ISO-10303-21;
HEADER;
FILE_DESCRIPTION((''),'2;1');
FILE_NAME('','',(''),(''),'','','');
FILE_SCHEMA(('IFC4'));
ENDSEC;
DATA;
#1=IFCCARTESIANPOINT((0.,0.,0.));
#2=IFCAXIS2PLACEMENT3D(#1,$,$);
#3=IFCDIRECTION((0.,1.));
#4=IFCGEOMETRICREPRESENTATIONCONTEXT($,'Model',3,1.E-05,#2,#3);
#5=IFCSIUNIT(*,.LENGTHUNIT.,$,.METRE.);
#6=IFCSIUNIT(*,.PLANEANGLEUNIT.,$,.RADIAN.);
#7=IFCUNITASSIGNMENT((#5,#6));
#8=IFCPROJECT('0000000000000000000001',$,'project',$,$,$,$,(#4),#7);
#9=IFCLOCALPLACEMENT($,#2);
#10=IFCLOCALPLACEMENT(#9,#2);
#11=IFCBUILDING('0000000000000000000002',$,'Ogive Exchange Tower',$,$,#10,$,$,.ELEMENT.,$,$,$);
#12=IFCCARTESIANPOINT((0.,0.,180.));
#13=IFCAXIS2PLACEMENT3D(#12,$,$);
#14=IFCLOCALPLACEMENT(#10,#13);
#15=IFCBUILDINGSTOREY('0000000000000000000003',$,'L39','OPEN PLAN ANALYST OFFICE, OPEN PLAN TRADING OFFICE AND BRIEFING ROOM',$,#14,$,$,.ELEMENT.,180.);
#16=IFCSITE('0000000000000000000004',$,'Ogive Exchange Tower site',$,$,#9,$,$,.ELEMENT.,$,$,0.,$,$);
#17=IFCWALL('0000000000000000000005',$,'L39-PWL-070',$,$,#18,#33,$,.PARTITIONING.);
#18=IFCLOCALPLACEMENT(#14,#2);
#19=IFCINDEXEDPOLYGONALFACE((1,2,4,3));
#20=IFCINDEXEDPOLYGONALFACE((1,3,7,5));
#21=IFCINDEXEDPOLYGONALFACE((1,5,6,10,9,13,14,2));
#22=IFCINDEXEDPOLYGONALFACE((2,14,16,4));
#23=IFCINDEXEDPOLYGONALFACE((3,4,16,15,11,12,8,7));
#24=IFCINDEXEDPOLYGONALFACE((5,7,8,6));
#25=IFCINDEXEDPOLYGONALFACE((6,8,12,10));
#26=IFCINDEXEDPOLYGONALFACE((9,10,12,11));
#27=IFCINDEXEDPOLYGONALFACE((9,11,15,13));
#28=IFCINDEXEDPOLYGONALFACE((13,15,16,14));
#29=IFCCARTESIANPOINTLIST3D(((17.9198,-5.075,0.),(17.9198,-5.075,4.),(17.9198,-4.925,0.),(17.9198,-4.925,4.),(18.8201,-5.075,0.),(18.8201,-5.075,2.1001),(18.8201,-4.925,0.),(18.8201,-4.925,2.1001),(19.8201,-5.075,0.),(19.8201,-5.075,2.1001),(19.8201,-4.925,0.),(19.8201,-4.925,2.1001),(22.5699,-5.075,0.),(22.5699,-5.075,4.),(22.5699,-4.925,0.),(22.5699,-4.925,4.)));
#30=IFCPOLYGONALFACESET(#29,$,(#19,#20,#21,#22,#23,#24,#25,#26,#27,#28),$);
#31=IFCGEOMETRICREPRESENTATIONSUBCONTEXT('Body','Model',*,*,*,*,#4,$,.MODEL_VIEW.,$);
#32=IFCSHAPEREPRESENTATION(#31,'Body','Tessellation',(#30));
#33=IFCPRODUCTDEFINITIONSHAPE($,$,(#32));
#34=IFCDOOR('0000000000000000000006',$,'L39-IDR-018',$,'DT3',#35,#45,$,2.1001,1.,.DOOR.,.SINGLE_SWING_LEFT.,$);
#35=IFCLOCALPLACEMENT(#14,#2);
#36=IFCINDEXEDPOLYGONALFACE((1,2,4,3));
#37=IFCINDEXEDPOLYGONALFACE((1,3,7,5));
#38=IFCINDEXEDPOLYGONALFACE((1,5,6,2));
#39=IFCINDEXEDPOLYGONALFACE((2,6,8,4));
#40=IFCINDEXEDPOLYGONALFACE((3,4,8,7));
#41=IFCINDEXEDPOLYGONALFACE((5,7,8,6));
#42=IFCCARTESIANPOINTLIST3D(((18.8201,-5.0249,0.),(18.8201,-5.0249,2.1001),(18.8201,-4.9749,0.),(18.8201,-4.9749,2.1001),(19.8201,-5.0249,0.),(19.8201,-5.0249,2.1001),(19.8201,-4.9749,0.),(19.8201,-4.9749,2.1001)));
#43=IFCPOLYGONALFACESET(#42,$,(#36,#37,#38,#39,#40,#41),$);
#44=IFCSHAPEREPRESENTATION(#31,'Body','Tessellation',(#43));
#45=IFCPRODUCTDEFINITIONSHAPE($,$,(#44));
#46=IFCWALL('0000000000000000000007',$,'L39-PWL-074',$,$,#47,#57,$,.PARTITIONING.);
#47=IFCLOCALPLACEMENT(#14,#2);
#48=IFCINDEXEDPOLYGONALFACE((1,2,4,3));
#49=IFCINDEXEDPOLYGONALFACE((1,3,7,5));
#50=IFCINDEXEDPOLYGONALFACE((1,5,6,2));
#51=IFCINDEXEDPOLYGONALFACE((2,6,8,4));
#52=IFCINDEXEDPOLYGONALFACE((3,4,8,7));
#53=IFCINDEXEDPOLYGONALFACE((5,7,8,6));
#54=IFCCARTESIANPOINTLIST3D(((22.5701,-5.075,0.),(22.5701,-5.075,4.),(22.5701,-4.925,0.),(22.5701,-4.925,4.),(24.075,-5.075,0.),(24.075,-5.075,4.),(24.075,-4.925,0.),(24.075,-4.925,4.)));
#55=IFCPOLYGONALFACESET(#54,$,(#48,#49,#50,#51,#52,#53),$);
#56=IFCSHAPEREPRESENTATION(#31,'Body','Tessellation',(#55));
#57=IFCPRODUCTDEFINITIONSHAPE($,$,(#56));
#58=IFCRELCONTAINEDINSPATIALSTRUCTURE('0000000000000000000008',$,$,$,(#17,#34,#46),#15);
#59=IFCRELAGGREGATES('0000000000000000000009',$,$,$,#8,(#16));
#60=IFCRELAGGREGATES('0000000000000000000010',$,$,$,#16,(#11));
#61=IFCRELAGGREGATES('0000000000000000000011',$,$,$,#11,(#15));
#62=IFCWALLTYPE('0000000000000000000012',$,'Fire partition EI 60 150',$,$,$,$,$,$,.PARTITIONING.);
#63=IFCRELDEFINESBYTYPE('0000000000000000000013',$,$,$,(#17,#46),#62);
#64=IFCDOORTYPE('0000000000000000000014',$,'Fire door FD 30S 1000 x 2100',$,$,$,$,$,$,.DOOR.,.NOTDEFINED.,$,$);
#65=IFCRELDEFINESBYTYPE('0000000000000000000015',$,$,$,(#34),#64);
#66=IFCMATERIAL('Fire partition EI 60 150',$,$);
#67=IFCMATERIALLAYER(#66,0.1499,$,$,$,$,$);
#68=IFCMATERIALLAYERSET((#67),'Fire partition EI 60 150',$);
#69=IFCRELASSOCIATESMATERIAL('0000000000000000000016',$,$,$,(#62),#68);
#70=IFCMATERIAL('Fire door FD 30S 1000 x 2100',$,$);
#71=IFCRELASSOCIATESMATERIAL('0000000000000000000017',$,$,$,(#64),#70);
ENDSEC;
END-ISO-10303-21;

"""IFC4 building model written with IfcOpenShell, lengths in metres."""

from ifc_helpers import new_model, si_unit, direction, frame, frame_2d, origin, place, context, subcontext, project, spatial, rectangle, extrude, material, layer, layer_set, type_object, element, fill, save


model = new_model("IFC4")

# Units and contexts
model_context = context("Model", 3, precision=1e-05, world=origin(), true_north=direction((0.0, 1.0)))
body_context = subcontext(model_context, "Body", "Model", "MODEL_VIEW")
ifc_project = project(units=[si_unit("LENGTHUNIT", "METRE"), si_unit("PLANEANGLEUNIT", "RADIAN")], contexts=[model_context])

# Site, building, storey
site_placement = place(None, origin())
site = spatial("IfcSite", under=ifc_project, at=site_placement, Name="Ogive Exchange Tower site", CompositionType="ELEMENT", RefElevation=0.0)
building_placement = place(site_placement, origin())
building = spatial("IfcBuilding", under=site, at=building_placement, Name="Ogive Exchange Tower", CompositionType="ELEMENT")
storey_placement = place(building_placement, frame((0.0, 0.0, 180.0)))
storey = spatial("IfcBuildingStorey", under=building, at=storey_placement, Name="L39", Description="OPEN PLAN ANALYST OFFICE, OPEN PLAN TRADING OFFICE AND BRIEFING ROOM", CompositionType="ELEMENT", Elevation=180.0)

# Wall, opening, door
ifc_material_1 = material(Name="Fire partition EI 60 150")
ifc_layer_1 = layer(ifc_material_1, 0.1499)
ifc_layer_set_1 = layer_set([ifc_layer_1], Name="Fire partition EI 60 150")
wall_type_1 = type_object("IfcWallType", Name="Fire partition EI 60 150", PredefinedType="PARTITIONING", material=ifc_layer_set_1)
wall_1_placement = place(storey_placement, frame((22.5701, -5.0, 0.0), z_axis=(0.0, 0.0, 1.0), x_axis=(-1.0, 0.0, 0.0)))
wall_1 = element("IfcWall", 1, at=wall_1_placement, inside=storey, type_object=wall_type_1, Name="L39-PWL-070", PredefinedType="PARTITIONING", context=body_context, shape_type="SweptSolid", body=[
    extrude(rectangle(XDim=4.6501, YDim=0.1499, at=frame_2d((2.3252, 0.0))), origin(), (0.0, 0.0, 1.0), 4.0),
])
opening_1_placement = place(wall_1_placement, frame((2.75, 0.0, 0.0)))
opening_1 = element("IfcOpeningElement", 2, at=opening_1_placement, cuts=wall_1, PredefinedType="OPENING", context=body_context, shape_type="SweptSolid", body=[
    extrude(rectangle(XDim=1.0, YDim=2.1001, at=frame_2d((0.5, 1.05))), frame((0.0, 0.085, 0.0), z_axis=(0.0, -1.0, 0.0), x_axis=(1.0, 0.0, 0.0)), (0.0, 0.0, 1.0), 0.1699),
])
ifc_material_2 = material(Name="Fire door FD 30S 1000 x 2100")
door_type_1 = type_object("IfcDoorType", Name="Fire door FD 30S 1000 x 2100", OperationType="NOTDEFINED", PredefinedType="DOOR", material=ifc_material_2)
door_1_placement = place(opening_1_placement, origin())
door_1 = element("IfcDoor", 3, at=door_1_placement, inside=storey, type_object=door_type_1, Name="L39-IDR-018", ObjectType="DT3", OperationType="SINGLE_SWING_LEFT", OverallHeight=2.1001, OverallWidth=1.0, PredefinedType="DOOR", context=body_context, shape_type="SweptSolid", body=[
    extrude(rectangle(XDim=1.0, YDim=2.1001, at=frame_2d((0.5, 1.05))), frame((0.0, 0.0249, 0.0), z_axis=(0.0, -1.0, 0.0), x_axis=(1.0, 0.0, 0.0)), (0.0, 0.0, 1.0), 0.05),
])
fill(opening_1, door_1)

# Wall
wall_2_placement = place(storey_placement, frame((24.075, -5.0, 0.0), z_axis=(0.0, 0.0, 1.0), x_axis=(-1.0, 0.0, 0.0)))
element("IfcWall", 4, at=wall_2_placement, inside=storey, type_object=wall_type_1, Name="L39-PWL-074", PredefinedType="PARTITIONING", context=body_context, shape_type="SweptSolid", body=[
    extrude(rectangle(XDim=1.5049, YDim=0.1499, at=frame_2d((0.7524, 0.0))), origin(), (0.0, 0.0, 1.0), 4.0),
])

save(model, "model.ifc")
